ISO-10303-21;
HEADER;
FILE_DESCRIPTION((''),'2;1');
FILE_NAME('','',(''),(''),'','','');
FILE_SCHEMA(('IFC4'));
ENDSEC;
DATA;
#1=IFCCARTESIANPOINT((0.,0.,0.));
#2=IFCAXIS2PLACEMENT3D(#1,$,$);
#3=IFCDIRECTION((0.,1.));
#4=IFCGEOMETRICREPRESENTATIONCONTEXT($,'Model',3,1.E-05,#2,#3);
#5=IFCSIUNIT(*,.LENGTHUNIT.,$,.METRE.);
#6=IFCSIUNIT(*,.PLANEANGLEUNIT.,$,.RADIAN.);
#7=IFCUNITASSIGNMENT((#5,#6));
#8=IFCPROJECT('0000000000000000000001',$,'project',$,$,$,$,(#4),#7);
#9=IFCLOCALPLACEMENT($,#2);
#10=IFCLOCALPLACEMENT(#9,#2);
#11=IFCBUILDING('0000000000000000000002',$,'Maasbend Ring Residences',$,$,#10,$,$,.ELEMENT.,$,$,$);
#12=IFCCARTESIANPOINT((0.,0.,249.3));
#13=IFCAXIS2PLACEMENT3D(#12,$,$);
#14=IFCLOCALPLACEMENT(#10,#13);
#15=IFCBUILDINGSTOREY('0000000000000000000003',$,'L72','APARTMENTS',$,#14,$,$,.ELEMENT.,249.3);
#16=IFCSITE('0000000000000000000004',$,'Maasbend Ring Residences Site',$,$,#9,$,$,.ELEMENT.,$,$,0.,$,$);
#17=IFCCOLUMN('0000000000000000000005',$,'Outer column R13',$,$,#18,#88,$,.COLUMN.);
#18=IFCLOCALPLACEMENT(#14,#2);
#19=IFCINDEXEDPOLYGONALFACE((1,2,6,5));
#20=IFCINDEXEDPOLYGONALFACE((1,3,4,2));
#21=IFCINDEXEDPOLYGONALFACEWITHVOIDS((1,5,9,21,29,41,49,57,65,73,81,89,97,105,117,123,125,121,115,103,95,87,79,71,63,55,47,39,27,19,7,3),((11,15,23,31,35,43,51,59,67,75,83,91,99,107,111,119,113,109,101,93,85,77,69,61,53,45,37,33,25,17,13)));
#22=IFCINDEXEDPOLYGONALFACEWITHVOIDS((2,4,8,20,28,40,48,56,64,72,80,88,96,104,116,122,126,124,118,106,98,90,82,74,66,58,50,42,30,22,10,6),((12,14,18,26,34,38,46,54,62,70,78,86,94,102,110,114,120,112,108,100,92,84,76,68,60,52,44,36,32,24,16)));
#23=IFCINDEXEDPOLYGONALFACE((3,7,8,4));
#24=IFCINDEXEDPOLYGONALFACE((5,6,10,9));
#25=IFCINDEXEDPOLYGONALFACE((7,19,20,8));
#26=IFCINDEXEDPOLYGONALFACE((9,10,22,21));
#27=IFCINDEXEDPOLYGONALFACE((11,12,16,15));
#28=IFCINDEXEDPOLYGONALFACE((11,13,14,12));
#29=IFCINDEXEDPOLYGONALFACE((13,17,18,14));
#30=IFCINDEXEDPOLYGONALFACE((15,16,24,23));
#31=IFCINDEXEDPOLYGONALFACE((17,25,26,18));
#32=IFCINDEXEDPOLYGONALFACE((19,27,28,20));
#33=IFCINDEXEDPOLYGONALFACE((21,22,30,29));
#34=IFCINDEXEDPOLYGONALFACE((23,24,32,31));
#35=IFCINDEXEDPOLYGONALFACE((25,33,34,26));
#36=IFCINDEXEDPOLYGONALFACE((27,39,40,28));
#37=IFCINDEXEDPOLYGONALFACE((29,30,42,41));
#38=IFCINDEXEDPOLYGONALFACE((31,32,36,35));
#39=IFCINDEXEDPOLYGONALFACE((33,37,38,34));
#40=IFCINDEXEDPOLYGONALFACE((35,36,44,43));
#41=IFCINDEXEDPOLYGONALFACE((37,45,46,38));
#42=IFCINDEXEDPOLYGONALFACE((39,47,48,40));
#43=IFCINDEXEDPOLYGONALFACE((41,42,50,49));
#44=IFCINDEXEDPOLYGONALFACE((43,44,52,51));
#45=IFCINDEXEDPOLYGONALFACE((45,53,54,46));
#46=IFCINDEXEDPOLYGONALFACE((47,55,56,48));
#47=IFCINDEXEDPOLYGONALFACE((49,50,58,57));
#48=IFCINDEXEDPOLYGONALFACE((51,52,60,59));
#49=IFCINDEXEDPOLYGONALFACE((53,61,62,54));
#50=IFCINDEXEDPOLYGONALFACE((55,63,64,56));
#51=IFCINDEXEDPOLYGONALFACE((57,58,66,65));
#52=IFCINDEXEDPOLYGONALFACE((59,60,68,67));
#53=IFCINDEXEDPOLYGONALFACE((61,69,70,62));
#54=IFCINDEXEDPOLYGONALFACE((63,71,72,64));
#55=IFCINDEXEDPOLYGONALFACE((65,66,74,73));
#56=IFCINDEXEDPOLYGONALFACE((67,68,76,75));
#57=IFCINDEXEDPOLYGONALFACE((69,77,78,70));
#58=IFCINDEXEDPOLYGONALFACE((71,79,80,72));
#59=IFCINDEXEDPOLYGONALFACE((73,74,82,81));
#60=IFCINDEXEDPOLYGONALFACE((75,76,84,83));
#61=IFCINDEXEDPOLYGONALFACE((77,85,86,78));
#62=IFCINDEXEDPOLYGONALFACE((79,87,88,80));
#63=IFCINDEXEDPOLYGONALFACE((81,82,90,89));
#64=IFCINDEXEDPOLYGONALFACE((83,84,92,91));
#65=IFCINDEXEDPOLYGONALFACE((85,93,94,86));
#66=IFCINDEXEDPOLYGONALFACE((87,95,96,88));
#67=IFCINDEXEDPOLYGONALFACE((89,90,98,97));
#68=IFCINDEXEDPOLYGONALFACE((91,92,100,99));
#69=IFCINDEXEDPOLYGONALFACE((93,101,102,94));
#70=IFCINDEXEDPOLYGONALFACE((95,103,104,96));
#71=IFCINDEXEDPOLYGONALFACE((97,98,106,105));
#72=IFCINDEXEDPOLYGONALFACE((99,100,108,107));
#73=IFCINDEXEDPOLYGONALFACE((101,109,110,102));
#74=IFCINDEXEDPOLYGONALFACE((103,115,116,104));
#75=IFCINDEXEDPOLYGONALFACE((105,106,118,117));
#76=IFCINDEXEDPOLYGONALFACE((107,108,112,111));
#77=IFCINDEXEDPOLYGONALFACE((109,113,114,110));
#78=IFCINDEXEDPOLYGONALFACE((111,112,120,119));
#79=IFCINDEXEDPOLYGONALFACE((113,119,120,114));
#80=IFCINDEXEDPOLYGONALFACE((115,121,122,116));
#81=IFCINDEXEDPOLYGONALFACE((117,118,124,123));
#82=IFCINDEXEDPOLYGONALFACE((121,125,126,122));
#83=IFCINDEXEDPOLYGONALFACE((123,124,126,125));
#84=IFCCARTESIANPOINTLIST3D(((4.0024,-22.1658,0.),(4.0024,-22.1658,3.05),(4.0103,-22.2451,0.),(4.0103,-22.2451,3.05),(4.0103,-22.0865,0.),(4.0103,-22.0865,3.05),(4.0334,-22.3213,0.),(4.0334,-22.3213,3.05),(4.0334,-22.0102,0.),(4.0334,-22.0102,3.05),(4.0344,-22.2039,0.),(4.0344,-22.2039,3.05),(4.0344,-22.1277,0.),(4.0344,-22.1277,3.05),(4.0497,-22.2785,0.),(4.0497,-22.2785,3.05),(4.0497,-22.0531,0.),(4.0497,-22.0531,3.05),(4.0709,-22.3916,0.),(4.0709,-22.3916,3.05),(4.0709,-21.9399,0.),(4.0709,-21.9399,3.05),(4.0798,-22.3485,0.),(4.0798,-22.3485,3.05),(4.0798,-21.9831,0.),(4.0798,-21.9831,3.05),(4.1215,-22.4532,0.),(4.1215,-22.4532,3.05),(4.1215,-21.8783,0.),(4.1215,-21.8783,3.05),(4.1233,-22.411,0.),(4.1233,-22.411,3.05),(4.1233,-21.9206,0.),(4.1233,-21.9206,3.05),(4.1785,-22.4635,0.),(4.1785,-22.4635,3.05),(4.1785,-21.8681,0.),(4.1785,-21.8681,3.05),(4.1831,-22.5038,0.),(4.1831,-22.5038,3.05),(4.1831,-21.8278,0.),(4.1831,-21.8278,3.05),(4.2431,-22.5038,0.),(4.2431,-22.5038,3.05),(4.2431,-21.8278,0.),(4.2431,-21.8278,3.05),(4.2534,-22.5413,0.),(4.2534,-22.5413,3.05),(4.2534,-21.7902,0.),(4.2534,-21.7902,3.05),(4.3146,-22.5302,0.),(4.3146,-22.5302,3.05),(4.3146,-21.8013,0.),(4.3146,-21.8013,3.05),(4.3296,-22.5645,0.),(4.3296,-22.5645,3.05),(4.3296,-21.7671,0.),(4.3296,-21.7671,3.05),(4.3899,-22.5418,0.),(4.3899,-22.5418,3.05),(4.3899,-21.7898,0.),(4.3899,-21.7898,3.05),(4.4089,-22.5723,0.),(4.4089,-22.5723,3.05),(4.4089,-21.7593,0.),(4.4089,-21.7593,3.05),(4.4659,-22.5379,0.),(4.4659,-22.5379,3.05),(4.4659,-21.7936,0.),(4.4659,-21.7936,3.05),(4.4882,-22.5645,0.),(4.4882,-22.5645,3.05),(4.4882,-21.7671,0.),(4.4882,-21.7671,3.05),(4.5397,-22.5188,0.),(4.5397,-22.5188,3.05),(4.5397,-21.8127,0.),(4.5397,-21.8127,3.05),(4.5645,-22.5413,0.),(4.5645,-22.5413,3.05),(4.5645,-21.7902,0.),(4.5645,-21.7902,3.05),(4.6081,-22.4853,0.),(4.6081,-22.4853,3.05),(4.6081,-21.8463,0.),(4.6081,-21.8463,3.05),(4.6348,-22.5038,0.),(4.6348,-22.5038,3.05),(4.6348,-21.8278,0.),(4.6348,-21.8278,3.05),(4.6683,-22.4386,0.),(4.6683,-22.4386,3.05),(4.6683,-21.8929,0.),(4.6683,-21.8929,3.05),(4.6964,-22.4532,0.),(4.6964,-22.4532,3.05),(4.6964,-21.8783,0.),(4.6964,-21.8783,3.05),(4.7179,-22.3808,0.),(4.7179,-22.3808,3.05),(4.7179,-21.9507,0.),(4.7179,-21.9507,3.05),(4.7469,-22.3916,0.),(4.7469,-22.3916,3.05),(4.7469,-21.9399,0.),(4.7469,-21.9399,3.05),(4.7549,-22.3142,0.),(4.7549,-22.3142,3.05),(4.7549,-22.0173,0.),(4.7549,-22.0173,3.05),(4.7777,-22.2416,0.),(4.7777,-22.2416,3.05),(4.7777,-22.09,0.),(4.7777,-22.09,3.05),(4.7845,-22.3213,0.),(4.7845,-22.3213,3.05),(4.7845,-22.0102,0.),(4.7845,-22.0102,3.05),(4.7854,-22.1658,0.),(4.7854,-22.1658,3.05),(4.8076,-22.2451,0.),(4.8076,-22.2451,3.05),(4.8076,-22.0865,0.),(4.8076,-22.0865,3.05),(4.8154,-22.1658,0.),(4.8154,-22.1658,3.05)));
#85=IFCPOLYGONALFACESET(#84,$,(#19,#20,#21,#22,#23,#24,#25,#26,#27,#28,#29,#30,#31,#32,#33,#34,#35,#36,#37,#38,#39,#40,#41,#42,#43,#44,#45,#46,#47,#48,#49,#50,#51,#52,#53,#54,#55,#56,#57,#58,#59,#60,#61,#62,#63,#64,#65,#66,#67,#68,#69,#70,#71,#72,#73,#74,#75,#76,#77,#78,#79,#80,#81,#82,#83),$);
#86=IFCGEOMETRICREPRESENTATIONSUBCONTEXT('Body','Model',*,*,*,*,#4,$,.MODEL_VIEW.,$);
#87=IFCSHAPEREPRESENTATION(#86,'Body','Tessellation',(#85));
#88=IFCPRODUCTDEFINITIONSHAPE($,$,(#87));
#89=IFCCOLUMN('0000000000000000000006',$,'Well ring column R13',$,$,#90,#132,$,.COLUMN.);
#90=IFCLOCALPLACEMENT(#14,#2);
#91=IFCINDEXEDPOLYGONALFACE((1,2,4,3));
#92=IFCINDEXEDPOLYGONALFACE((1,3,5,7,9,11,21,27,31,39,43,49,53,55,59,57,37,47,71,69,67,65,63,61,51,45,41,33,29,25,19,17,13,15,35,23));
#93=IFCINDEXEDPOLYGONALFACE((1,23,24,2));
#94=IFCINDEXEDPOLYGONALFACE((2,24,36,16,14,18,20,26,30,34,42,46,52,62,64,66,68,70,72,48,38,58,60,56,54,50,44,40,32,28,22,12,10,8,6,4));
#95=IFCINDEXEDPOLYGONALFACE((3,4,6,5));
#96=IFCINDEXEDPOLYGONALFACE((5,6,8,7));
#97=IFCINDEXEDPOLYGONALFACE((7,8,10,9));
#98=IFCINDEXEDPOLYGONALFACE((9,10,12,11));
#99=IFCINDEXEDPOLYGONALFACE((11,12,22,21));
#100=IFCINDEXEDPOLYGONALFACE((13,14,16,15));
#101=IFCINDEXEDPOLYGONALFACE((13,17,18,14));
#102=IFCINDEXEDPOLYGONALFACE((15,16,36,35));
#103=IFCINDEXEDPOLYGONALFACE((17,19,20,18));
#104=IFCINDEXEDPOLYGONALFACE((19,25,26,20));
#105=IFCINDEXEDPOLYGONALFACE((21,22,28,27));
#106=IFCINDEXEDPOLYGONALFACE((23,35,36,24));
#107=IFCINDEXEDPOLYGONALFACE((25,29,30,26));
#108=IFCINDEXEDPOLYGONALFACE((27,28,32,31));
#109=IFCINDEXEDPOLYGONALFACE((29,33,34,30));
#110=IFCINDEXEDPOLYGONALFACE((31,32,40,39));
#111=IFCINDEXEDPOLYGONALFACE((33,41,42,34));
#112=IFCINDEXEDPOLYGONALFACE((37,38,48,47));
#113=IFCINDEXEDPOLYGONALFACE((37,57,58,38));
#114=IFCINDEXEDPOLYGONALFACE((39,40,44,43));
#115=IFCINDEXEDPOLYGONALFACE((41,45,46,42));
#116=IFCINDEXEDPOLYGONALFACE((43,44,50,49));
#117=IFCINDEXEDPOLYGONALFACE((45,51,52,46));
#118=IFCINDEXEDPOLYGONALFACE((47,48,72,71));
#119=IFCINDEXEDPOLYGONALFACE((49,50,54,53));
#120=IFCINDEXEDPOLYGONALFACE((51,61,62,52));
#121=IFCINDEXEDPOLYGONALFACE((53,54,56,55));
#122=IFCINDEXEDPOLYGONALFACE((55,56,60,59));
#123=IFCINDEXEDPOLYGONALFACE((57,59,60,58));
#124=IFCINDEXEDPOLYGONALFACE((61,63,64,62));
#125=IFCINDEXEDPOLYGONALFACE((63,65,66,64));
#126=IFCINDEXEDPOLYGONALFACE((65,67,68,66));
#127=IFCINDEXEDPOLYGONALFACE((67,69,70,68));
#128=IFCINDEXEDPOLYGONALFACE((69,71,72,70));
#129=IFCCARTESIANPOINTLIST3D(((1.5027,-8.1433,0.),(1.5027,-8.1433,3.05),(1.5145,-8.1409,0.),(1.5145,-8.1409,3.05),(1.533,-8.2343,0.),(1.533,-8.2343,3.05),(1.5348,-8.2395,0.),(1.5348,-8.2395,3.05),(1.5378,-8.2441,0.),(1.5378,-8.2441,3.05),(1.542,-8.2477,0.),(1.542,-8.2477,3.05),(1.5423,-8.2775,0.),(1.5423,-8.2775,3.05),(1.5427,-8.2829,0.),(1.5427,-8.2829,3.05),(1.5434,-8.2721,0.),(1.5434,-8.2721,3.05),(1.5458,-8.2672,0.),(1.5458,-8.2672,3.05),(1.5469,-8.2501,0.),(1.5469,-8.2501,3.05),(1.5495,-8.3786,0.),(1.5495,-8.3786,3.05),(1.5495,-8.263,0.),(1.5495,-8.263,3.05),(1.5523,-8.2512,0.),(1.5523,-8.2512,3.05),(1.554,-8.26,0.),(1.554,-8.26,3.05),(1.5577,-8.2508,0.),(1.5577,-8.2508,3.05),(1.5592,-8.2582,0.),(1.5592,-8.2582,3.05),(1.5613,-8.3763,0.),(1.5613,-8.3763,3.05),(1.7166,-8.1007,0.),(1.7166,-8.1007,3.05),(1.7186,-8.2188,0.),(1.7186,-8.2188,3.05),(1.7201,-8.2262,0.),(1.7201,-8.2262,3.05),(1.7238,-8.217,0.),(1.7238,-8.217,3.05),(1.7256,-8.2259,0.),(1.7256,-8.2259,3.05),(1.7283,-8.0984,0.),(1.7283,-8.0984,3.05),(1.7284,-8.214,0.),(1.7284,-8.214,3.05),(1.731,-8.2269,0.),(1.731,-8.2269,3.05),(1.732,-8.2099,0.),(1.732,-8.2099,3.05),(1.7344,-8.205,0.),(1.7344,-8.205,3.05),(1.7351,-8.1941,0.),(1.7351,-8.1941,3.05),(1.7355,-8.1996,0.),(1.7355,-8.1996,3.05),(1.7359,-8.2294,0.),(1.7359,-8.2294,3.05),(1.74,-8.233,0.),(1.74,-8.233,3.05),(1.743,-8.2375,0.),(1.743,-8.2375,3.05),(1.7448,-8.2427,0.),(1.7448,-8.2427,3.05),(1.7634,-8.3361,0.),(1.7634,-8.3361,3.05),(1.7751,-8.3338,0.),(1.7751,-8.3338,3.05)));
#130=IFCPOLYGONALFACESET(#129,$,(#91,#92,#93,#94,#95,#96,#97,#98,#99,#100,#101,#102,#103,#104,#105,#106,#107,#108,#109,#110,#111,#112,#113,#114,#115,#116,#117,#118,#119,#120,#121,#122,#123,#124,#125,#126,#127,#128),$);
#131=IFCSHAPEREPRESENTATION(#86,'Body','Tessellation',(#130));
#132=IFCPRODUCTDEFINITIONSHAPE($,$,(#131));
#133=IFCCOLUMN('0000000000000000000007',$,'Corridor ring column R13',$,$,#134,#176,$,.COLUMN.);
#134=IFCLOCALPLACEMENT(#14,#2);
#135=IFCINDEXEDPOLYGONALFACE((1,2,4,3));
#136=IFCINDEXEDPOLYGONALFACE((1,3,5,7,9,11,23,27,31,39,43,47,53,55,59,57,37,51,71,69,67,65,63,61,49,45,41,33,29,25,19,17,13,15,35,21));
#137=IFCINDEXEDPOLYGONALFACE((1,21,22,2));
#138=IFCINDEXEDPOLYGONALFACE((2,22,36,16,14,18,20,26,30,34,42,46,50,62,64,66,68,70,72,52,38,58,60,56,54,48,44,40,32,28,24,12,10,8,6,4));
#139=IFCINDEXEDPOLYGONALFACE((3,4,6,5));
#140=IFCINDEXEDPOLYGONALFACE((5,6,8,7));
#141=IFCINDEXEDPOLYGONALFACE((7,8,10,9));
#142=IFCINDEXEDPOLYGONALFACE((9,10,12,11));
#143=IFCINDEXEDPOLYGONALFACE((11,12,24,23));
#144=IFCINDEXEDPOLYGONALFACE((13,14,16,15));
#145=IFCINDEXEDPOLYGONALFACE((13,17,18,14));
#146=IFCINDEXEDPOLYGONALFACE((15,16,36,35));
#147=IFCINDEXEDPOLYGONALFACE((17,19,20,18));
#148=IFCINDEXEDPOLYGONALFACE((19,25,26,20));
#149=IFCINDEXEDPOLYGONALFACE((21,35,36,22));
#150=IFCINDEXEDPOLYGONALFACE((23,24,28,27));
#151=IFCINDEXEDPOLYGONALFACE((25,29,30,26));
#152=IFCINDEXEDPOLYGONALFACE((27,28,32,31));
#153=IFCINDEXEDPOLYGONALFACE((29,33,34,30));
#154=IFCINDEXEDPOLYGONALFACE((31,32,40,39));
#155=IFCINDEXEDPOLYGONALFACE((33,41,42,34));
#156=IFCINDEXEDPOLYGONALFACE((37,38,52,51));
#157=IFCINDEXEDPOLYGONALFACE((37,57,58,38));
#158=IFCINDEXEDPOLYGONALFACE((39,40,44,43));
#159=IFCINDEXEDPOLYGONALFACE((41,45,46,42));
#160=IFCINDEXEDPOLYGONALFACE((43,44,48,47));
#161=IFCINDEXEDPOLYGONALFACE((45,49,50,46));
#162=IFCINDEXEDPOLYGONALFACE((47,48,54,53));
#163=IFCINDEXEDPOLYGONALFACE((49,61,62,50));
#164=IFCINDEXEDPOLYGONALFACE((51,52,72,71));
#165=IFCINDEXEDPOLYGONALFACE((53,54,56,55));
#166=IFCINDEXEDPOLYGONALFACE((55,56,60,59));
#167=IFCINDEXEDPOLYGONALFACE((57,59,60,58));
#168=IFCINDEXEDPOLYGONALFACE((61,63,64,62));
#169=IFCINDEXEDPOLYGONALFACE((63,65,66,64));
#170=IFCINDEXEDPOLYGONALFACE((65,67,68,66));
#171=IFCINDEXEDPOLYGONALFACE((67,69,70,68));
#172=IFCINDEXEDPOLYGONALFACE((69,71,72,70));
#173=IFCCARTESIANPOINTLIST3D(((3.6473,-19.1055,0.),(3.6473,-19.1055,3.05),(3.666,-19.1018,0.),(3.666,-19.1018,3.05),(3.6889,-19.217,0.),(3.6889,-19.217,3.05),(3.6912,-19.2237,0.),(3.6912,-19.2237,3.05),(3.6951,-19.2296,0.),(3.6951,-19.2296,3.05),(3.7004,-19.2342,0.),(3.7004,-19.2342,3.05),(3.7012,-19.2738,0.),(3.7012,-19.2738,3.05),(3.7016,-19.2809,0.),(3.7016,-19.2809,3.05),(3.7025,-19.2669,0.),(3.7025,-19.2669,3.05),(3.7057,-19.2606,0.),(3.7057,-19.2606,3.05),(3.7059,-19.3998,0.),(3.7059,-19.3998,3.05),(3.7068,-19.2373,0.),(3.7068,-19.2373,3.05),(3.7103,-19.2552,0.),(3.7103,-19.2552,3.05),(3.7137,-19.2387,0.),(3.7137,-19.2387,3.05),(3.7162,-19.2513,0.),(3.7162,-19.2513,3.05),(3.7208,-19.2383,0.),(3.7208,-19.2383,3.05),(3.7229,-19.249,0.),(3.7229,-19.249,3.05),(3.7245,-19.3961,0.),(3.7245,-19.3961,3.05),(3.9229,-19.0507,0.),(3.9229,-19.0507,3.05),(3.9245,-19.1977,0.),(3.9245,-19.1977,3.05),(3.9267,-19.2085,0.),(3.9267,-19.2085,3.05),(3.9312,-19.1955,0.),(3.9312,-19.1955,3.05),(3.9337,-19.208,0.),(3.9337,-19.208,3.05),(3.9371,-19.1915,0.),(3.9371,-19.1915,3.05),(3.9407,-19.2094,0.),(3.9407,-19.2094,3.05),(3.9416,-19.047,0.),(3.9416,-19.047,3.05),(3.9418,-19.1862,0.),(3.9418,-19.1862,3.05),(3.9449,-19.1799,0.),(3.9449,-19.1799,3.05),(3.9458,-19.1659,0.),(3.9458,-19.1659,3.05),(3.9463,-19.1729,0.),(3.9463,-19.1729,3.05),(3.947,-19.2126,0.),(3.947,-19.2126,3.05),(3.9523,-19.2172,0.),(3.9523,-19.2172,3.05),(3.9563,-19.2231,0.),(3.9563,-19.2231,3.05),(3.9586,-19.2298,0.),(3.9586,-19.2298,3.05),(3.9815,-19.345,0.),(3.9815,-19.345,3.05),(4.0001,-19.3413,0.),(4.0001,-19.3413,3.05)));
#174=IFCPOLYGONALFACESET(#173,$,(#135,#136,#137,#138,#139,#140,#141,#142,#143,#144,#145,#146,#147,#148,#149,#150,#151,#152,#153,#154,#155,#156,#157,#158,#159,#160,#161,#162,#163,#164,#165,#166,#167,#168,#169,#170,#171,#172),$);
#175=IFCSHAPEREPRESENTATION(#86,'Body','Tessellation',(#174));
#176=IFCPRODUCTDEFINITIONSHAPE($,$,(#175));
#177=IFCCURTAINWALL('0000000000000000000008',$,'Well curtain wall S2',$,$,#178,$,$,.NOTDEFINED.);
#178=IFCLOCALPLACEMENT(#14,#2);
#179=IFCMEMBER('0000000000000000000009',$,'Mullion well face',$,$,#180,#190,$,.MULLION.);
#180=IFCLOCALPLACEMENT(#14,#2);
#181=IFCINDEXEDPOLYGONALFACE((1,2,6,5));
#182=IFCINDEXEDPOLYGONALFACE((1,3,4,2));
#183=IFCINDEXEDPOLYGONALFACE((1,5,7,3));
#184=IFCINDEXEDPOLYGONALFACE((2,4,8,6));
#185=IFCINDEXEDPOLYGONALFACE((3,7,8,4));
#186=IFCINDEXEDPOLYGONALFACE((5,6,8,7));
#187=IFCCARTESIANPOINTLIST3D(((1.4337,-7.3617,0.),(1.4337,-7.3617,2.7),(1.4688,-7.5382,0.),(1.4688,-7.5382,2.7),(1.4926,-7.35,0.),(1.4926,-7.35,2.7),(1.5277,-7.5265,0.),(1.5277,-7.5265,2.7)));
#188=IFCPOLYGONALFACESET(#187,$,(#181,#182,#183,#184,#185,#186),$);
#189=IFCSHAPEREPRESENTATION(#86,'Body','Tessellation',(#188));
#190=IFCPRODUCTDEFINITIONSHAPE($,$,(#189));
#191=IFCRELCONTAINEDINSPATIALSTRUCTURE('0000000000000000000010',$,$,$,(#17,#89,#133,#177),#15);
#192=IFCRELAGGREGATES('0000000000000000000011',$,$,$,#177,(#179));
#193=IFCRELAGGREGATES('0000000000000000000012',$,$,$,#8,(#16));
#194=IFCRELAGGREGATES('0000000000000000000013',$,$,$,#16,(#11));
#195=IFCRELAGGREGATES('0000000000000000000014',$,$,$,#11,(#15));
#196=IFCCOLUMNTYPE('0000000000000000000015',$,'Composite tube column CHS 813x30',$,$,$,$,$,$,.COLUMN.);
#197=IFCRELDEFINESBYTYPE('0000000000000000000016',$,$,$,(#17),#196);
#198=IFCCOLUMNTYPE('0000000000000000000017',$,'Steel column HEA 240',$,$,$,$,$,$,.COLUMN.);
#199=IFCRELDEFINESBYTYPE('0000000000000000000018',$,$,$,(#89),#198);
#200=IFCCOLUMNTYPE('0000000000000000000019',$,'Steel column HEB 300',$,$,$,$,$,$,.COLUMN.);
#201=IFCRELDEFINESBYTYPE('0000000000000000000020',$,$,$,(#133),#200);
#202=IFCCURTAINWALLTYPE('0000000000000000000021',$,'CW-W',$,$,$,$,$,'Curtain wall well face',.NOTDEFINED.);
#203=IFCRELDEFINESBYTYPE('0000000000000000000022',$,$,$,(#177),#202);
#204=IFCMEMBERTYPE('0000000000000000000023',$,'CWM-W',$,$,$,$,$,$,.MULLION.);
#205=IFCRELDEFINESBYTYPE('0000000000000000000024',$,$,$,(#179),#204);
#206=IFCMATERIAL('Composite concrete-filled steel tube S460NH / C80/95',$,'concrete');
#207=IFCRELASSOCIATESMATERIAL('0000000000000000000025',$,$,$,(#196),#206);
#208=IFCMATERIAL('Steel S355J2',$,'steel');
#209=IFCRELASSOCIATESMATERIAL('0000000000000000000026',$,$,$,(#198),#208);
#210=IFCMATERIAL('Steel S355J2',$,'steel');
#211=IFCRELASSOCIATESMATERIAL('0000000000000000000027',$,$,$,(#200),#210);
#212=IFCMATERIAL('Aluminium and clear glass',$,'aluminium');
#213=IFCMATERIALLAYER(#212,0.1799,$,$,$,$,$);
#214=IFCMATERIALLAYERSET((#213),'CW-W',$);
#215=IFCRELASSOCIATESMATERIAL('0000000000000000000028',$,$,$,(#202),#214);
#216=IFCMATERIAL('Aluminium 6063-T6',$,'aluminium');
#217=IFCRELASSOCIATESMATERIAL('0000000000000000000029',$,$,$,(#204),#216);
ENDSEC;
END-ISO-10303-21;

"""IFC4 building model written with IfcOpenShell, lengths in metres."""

from ifc_helpers import new_model, si_unit, direction, frame, origin, origin_2d, place, context, subcontext, project, spatial, rectangle, hollow_circle, i_section, extrude, material, layer, layer_set, material_profile, profile_set, type_object, element, aggregate, save


model = new_model("IFC4")

# Units and contexts
model_context = context("Model", 3, precision=1e-05, world=origin(), true_north=direction((0.0, 1.0)))
body_context = subcontext(model_context, "Body", "Model", "MODEL_VIEW")
ifc_project = project(units=[si_unit("LENGTHUNIT", "METRE"), si_unit("PLANEANGLEUNIT", "RADIAN")], contexts=[model_context])

# Site, building, storey
site_placement = place(None, origin())
site = spatial("IfcSite", under=ifc_project, at=site_placement, Name="Maasbend Ring Residences Site", CompositionType="ELEMENT", RefElevation=0.0)
building_placement = place(site_placement, origin())
building = spatial("IfcBuilding", under=site, at=building_placement, Name="Maasbend Ring Residences", CompositionType="ELEMENT")
storey_placement = place(building_placement, frame((0.0, 0.0, 249.3)))
storey = spatial("IfcBuildingStorey", under=building, at=storey_placement, Name="L72", Description="APARTMENTS", CompositionType="ELEMENT", Elevation=249.3)

# Columns
ifc_material_1 = material(Name="Composite concrete-filled steel tube S460NH / C80/95", Category="concrete")
ifc_material_profile_1 = material_profile(ifc_material_1, hollow_circle(Radius=0.4065, WallThickness=0.03, at=origin_2d()), Name="Composite tube column CHS 813x30")
ifc_profile_set_1 = profile_set([ifc_material_profile_1], Name="Composite concrete-filled steel tube S460NH / C80/95")
column_type_1 = type_object("IfcColumnType", Name="Composite tube column CHS 813x30", PredefinedType="COLUMN", material=ifc_profile_set_1)
column_1_placement = place(storey_placement, frame((4.4089, -22.1658, 0.0), z_axis=(0.0, 0.0, 1.0), x_axis=(1.0, 0.0, 0.0)))
element("IfcColumn", 1, at=column_1_placement, inside=storey, type_object=column_type_1, Name="Outer column R13", PredefinedType="COLUMN", context=body_context, shape_type="SweptSolid", body=[
    extrude(hollow_circle(Radius=0.4065, WallThickness=0.03, at=origin_2d()), origin(), (0.0, 0.0, 1.0), 3.05),
])
ifc_material_2 = material(Name="Steel S355J2", Category="steel")
ifc_material_profile_2 = material_profile(ifc_material_2, i_section(OverallWidth=0.24, OverallDepth=0.23, WebThickness=0.0076, FlangeThickness=0.012, FilletRadius=0.021, at=origin_2d()), Name="HEA 240")
ifc_profile_set_2 = profile_set([ifc_material_profile_2], Name="Steel S355J2")
column_type_2 = type_object("IfcColumnType", Name="Steel column HEA 240", PredefinedType="COLUMN", material=ifc_profile_set_2)
column_2_placement = place(storey_placement, frame((1.6389, -8.2385, 0.0), z_axis=(0.0, 0.0, 1.0), x_axis=(0.19509, -0.980785, 0.0)))
element("IfcColumn", 2, at=column_2_placement, inside=storey, type_object=column_type_2, Name="Well ring column R13", PredefinedType="COLUMN", context=body_context, shape_type="SweptSolid", body=[
    extrude(i_section(OverallWidth=0.24, OverallDepth=0.23, WebThickness=0.0076, FlangeThickness=0.012, FilletRadius=0.021, at=origin_2d()), origin(), (0.0, 0.0, 1.0), 3.05),
])
ifc_material_3 = material(Name="Steel S355J2", Category="steel")
ifc_material_profile_3 = material_profile(ifc_material_3, i_section(OverallWidth=0.3, OverallDepth=0.3, WebThickness=0.011, FlangeThickness=0.019, FilletRadius=0.0271, at=origin_2d()), Name="HEB 300")
ifc_profile_set_3 = profile_set([ifc_material_profile_3], Name="Steel S355J2")
column_type_3 = type_object("IfcColumnType", Name="Steel column HEB 300", PredefinedType="COLUMN", material=ifc_profile_set_3)
column_3_placement = place(storey_placement, frame((3.8237, -19.2234, 0.0), z_axis=(0.0, 0.0, 1.0), x_axis=(0.19509, -0.980785, 0.0)))
element("IfcColumn", 3, at=column_3_placement, inside=storey, type_object=column_type_3, Name="Corridor ring column R13", PredefinedType="COLUMN", context=body_context, shape_type="SweptSolid", body=[
    extrude(i_section(OverallWidth=0.3, OverallDepth=0.3, WebThickness=0.011, FlangeThickness=0.019, FilletRadius=0.0271, at=origin_2d()), origin(), (0.0, 0.0, 1.0), 3.05),
])

# Curtain wall, member
ifc_material_4 = material(Name="Aluminium and clear glass", Category="aluminium")
ifc_layer_1 = layer(ifc_material_4, 0.1799)
ifc_layer_set_1 = layer_set([ifc_layer_1], Name="CW-W")
curtain_wall_type = type_object("IfcCurtainWallType", Name="CW-W", ElementType="Curtain wall well face", PredefinedType="NOTDEFINED", material=ifc_layer_set_1)
curtain_wall_placement = place(storey_placement, origin())
curtain_wall = element("IfcCurtainWall", 4, at=curtain_wall_placement, inside=storey, type_object=curtain_wall_type, Name="Well curtain wall S2", PredefinedType="NOTDEFINED")
ifc_material_5 = material(Name="Aluminium 6063-T6", Category="aluminium")
ifc_material_profile_4 = material_profile(ifc_material_5, rectangle(XDim=0.1799, YDim=0.0601, at=origin_2d()), Name="AL 180x60")
ifc_profile_set_4 = profile_set([ifc_material_profile_4], Name="Aluminium 6063-T6")
member_type = type_object("IfcMemberType", Name="CWM-W", PredefinedType="MULLION", material=ifc_profile_set_4)
member_placement = place(storey_placement, frame((1.4807, -7.4441, 0.0), z_axis=(0.0, 0.0, 1.0), x_axis=(-0.19509, 0.980785, 0.0)))
member = element("IfcMember", 5, at=member_placement, type_object=member_type, Name="Mullion well face", PredefinedType="MULLION", context=body_context, shape_type="SweptSolid", body=[
    extrude(rectangle(XDim=0.1799, YDim=0.0601, at=origin_2d()), origin(), (0.0, 0.0, 1.0), 2.7),
])
aggregate(curtain_wall, [member])

save(model, "model.ifc")
